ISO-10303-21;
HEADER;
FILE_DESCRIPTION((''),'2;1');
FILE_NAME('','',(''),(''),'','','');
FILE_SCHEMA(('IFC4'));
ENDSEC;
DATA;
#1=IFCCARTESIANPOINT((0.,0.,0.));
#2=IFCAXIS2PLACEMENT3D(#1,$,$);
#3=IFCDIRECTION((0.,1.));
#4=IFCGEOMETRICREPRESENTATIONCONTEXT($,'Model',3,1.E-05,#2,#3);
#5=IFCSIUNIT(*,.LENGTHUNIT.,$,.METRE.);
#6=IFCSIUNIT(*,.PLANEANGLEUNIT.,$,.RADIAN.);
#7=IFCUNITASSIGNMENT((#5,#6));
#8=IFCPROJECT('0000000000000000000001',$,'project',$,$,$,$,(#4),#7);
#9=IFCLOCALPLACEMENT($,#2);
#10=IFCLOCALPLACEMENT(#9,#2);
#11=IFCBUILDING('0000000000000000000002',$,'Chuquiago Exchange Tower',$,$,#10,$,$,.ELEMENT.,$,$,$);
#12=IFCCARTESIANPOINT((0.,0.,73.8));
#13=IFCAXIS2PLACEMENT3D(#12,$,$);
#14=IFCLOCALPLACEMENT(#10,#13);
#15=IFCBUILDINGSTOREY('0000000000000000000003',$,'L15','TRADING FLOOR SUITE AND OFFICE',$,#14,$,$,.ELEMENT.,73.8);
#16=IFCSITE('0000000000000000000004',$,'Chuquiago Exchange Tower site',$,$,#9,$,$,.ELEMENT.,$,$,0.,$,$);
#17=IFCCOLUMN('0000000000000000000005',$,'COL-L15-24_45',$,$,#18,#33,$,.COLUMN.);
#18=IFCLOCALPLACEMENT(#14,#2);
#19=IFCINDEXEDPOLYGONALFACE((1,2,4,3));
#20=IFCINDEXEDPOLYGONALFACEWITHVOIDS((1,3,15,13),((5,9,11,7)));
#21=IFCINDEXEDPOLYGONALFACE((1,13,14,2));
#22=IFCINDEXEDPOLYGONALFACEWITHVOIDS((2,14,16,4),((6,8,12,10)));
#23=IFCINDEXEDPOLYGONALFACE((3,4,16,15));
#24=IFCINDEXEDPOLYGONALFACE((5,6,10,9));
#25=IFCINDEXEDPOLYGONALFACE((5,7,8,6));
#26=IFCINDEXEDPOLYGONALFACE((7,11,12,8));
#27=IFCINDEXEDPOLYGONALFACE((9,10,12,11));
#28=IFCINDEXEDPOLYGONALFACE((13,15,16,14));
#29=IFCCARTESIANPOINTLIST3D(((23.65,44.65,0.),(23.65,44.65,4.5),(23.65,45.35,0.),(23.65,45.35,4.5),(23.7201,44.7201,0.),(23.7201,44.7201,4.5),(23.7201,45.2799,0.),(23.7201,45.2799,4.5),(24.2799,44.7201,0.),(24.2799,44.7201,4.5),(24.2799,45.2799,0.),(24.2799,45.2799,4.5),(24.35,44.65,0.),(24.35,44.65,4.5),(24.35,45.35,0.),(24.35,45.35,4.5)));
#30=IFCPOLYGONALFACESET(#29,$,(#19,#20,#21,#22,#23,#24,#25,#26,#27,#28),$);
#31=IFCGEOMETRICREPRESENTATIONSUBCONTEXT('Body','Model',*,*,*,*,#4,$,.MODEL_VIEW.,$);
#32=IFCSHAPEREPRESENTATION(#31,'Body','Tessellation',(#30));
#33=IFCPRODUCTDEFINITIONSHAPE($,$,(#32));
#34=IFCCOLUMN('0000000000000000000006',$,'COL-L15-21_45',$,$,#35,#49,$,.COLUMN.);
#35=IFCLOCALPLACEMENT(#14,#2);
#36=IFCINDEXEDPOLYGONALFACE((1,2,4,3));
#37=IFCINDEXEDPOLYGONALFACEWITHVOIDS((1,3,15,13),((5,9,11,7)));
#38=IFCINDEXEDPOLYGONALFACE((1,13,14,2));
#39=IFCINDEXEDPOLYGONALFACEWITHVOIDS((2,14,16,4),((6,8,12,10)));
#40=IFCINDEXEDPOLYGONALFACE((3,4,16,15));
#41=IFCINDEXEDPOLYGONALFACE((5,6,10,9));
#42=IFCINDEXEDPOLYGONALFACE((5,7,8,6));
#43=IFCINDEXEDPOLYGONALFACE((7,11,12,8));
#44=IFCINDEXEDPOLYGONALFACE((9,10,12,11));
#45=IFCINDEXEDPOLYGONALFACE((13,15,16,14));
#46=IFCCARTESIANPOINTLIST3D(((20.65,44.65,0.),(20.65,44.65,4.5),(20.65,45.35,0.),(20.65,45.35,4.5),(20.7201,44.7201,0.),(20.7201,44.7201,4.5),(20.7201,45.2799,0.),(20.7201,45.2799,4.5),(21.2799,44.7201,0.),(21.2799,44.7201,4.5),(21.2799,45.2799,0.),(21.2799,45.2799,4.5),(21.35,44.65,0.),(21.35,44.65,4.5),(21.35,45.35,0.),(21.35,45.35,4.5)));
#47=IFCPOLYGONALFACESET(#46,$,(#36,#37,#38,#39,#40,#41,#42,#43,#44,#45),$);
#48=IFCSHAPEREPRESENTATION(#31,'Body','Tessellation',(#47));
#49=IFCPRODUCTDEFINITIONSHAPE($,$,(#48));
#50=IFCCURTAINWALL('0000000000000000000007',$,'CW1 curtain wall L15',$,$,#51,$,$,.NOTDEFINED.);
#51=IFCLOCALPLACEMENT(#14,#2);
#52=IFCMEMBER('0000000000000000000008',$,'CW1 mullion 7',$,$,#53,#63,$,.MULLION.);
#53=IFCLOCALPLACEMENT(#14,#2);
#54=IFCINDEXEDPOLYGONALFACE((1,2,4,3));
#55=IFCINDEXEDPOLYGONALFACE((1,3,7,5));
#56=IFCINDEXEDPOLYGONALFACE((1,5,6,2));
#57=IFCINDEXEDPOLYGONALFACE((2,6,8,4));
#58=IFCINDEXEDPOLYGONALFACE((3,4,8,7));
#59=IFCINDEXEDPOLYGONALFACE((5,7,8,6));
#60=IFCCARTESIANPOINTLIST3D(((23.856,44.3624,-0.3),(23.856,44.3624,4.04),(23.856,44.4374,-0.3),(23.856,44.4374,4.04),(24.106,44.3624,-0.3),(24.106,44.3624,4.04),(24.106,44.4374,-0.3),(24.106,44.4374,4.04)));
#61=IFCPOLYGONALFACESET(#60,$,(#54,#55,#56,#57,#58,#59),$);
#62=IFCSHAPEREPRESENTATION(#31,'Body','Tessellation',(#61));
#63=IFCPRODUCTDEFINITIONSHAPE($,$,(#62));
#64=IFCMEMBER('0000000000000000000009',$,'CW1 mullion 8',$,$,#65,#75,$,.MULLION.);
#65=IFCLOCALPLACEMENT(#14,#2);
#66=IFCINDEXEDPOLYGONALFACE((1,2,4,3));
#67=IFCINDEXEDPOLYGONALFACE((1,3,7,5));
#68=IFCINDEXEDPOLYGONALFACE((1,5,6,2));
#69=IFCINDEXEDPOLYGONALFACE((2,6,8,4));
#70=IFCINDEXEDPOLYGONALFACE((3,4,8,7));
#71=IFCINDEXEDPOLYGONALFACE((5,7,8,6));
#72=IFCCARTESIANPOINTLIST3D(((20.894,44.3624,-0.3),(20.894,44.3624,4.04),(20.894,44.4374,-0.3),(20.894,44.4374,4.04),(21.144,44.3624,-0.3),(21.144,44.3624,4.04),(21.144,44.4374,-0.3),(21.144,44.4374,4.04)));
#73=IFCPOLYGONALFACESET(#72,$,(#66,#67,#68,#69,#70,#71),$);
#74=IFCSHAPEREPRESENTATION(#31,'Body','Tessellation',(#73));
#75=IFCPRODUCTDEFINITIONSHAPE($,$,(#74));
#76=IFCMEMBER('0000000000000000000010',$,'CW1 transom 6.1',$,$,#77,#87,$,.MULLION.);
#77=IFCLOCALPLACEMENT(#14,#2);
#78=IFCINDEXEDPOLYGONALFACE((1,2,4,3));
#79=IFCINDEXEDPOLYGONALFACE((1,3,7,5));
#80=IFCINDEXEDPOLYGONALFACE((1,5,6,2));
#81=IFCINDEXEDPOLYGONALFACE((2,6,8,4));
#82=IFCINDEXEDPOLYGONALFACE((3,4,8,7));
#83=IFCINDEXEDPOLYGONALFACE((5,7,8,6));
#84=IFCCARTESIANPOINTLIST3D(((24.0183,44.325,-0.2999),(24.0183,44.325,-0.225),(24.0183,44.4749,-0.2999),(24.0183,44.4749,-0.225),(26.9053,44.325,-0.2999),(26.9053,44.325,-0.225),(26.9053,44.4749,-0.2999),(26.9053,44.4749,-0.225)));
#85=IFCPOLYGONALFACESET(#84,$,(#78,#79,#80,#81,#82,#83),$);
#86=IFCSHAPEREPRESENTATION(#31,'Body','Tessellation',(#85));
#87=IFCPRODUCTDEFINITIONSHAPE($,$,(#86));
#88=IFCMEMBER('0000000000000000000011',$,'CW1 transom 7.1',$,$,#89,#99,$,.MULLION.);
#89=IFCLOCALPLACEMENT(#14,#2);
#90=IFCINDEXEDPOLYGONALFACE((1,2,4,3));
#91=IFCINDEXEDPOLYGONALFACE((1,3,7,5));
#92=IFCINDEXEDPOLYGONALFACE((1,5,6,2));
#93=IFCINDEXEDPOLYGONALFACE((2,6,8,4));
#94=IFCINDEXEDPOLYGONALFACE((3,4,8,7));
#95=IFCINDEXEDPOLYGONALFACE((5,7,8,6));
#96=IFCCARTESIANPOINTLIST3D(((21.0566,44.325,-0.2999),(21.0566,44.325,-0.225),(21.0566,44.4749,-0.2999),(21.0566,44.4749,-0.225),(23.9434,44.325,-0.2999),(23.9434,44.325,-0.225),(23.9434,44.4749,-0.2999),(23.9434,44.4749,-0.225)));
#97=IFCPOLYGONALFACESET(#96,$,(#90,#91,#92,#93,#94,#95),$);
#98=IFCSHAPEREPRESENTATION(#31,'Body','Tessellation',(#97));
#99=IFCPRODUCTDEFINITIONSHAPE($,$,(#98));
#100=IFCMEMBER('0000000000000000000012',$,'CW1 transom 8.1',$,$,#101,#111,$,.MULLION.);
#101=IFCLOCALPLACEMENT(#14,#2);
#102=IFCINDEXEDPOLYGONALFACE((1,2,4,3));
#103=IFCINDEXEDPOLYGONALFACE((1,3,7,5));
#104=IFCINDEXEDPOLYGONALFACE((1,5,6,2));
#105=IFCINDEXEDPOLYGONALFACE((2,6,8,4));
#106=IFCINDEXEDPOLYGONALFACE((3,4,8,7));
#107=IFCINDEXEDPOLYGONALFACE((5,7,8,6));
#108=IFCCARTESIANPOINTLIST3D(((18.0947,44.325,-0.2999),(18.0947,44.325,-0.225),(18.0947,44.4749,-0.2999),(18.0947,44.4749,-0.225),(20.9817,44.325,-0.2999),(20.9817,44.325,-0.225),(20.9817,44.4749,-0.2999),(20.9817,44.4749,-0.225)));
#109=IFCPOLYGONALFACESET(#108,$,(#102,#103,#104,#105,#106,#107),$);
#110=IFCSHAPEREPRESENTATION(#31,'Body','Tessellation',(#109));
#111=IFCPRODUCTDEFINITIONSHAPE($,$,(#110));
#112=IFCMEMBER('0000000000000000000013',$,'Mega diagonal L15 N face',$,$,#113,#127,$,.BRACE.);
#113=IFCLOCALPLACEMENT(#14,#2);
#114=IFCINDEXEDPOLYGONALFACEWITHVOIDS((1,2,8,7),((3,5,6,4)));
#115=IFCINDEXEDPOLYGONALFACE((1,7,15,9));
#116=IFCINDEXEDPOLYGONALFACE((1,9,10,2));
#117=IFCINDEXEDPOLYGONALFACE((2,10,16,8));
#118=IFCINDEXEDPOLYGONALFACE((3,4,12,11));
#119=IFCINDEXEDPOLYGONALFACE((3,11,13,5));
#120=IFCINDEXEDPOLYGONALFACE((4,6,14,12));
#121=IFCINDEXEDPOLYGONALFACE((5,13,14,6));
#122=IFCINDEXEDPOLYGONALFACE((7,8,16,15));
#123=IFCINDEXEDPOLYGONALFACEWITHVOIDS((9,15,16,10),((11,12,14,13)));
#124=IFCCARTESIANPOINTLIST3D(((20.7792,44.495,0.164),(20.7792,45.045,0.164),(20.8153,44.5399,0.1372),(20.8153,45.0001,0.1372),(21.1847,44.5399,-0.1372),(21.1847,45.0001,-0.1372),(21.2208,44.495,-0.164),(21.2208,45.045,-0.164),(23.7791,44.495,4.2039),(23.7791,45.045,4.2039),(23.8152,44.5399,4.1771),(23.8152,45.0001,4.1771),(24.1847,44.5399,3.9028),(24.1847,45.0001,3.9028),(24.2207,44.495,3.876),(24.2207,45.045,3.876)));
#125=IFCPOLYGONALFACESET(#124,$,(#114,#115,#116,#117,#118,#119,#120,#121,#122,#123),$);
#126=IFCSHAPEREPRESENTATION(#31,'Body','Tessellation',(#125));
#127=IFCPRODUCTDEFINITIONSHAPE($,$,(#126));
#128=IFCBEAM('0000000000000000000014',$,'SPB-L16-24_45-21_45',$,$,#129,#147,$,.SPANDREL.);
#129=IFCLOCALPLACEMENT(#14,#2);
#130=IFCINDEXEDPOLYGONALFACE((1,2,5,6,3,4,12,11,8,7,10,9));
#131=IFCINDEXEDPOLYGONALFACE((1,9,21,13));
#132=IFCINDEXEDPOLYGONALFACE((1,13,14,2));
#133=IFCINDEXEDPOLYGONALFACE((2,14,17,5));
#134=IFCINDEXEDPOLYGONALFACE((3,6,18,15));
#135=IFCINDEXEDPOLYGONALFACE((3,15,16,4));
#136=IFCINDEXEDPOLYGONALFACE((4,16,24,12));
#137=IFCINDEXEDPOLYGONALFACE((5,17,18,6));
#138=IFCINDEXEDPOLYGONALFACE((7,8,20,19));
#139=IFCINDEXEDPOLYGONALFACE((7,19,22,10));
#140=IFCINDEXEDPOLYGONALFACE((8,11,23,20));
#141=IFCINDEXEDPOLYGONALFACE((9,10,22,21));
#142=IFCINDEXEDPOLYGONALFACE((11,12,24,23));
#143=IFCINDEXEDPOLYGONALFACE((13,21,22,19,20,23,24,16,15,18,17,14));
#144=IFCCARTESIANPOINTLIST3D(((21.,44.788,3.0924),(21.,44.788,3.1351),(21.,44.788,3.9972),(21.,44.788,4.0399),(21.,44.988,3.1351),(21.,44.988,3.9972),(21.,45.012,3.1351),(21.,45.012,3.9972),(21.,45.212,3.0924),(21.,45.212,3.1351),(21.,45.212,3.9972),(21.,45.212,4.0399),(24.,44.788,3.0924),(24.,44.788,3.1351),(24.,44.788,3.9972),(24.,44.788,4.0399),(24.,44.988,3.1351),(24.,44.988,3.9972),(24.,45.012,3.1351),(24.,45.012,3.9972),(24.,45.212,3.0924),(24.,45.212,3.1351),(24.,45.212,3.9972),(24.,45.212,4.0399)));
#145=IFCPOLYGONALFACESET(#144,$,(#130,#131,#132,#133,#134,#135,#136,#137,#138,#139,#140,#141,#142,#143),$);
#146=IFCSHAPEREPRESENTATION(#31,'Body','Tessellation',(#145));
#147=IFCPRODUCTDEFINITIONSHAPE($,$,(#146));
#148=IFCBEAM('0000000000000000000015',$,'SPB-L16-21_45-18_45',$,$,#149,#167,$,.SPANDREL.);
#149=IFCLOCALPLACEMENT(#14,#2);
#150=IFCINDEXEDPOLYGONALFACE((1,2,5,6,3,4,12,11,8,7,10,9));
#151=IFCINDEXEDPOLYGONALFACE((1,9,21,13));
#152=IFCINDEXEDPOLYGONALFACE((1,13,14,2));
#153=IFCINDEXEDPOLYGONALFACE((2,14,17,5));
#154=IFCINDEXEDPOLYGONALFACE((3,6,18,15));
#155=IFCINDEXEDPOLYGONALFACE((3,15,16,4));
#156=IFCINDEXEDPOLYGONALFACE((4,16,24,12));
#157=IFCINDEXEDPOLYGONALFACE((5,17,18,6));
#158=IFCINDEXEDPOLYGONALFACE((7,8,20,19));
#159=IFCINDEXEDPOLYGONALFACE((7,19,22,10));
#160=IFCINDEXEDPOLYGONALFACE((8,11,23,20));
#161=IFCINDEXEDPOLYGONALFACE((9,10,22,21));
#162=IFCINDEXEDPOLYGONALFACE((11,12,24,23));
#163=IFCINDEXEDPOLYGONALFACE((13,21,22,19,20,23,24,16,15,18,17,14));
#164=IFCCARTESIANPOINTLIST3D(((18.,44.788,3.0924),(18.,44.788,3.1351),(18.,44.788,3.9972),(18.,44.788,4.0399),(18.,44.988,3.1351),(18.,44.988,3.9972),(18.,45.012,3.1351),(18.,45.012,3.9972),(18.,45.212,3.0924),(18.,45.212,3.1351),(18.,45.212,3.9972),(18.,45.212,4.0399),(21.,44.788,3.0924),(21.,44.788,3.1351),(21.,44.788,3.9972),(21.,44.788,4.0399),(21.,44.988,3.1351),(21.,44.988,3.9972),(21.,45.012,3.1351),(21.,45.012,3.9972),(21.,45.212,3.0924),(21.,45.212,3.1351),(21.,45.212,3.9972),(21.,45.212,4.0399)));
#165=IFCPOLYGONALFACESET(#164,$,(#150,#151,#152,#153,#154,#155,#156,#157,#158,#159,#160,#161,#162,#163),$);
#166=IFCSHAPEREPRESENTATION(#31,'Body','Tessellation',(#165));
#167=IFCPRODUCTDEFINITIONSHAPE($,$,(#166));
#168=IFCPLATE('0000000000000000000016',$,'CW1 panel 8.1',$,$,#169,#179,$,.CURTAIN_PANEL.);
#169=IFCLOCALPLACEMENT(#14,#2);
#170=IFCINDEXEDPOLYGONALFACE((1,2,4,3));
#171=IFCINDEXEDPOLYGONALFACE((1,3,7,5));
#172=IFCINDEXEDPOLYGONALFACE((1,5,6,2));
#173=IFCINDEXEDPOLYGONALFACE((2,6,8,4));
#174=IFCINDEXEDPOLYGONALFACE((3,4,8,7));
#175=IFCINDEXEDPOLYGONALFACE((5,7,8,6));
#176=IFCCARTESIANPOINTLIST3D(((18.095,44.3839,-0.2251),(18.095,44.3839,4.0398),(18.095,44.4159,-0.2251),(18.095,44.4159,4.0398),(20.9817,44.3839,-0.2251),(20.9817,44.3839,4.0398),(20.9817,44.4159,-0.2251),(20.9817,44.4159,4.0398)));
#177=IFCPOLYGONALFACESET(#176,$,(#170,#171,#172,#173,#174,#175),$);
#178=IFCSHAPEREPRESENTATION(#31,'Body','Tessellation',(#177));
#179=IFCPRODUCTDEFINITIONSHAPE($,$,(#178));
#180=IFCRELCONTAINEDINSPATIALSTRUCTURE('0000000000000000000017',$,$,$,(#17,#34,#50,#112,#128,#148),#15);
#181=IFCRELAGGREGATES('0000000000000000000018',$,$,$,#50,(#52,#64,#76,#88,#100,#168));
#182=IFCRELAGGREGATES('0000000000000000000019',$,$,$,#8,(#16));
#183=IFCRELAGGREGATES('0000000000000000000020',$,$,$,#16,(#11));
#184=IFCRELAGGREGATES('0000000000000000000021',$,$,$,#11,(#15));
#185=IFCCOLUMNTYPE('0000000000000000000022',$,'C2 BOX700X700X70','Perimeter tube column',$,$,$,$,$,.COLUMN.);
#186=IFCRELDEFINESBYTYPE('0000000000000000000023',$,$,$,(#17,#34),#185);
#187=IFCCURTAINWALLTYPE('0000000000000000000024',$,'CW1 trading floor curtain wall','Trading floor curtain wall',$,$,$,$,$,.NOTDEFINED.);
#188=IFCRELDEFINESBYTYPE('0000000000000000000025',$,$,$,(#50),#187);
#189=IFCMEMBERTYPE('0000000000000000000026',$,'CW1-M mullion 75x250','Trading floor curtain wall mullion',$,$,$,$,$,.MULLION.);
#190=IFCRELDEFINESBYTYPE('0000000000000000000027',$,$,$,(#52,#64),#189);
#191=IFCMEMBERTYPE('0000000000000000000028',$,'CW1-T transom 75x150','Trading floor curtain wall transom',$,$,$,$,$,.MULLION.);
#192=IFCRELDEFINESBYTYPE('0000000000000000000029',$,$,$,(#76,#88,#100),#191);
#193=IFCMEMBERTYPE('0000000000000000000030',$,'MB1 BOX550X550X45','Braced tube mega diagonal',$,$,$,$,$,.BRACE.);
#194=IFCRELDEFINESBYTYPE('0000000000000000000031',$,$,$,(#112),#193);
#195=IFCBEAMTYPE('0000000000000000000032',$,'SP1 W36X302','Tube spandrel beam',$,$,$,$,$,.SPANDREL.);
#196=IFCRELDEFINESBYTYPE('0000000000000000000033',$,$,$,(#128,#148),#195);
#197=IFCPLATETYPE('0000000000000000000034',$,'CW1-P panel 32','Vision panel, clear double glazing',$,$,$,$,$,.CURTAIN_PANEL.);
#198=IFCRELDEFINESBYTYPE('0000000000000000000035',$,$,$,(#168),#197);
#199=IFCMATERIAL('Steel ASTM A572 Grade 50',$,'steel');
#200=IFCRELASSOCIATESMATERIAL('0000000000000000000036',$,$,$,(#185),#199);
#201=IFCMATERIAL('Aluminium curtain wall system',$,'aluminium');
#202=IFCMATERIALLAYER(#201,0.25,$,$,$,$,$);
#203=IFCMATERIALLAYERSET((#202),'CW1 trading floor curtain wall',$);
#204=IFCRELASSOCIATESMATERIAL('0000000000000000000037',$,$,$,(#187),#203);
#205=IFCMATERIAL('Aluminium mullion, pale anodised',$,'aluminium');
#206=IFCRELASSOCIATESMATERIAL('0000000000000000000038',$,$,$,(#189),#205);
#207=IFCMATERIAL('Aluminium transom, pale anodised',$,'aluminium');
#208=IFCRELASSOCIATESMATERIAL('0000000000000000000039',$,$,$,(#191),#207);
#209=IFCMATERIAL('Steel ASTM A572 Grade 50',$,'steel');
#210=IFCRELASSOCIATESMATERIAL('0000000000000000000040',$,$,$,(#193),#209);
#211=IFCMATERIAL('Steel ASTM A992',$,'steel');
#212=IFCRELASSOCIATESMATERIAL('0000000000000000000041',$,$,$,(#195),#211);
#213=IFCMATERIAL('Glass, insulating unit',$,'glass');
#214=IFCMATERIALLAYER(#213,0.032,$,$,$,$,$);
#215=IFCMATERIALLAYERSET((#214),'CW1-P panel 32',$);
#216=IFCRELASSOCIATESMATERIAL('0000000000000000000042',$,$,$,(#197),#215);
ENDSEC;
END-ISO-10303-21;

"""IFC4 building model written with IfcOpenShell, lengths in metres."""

from ifc_helpers import new_model, si_unit, direction, frame, origin, origin_2d, place, context, subcontext, project, spatial, rectangle, hollow_rectangle, i_section, extrude, material, layer, layer_set, material_profile, profile_set, type_object, element, aggregate, save


model = new_model("IFC4")

# Units and contexts
model_context = context("Model", 3, precision=1e-05, world=origin(), true_north=direction((0.0, 1.0)))
body_context = subcontext(model_context, "Body", "Model", "MODEL_VIEW")
ifc_project = project(units=[si_unit("LENGTHUNIT", "METRE"), si_unit("PLANEANGLEUNIT", "RADIAN")], contexts=[model_context])

# Site, building, storey
site_placement = place(None, origin())
site = spatial("IfcSite", under=ifc_project, at=site_placement, Name="Chuquiago Exchange Tower site", CompositionType="ELEMENT", RefElevation=0.0)
building_placement = place(site_placement, origin())
building = spatial("IfcBuilding", under=site, at=building_placement, Name="Chuquiago Exchange Tower", CompositionType="ELEMENT")
storey_placement = place(building_placement, frame((0.0, 0.0, 73.8)))
storey = spatial("IfcBuildingStorey", under=building, at=storey_placement, Name="L15", Description="TRADING FLOOR SUITE AND OFFICE", CompositionType="ELEMENT", Elevation=73.8)

# Columns
ifc_material_1 = material(Name="Steel ASTM A572 Grade 50", Category="steel")
ifc_material_profile_1 = material_profile(ifc_material_1, hollow_rectangle(XDim=0.7, YDim=0.7, WallThickness=0.0701, at=origin_2d()), Name="BOX700X700X70")
ifc_profile_set_1 = profile_set([ifc_material_profile_1], Name="Steel ASTM A572 Grade 50")
column_type = type_object("IfcColumnType", Name="C2 BOX700X700X70", Description="Perimeter tube column", PredefinedType="COLUMN", material=ifc_profile_set_1)
for number, where, z_axis, x_axis, name in (
    (1, (24.0, 45.0, 0.0), (0.0, 0.0, 1.0), (0.0, 1.0, 0.0), "COL-L15-24_45"),
    (2, (21.0, 45.0, 0.0), (0.0, 0.0, 1.0), (0.0, 1.0, 0.0), "COL-L15-21_45"),
):
    element("IfcColumn", number, at=place(storey_placement, frame(where, z_axis=z_axis, x_axis=x_axis)), inside=storey, type_object=column_type, Name=name, PredefinedType="COLUMN", context=body_context, shape_type="SweptSolid", body=[
        extrude(hollow_rectangle(XDim=0.7, YDim=0.7, WallThickness=0.0701, at=origin_2d()), origin(), (0.0, 0.0, 1.0), 4.5),
    ])

# Curtain wall, members
ifc_material_2 = material(Name="Aluminium curtain wall system", Category="aluminium")
ifc_layer_1 = layer(ifc_material_2, 0.25)
ifc_layer_set_1 = layer_set([ifc_layer_1], Name="CW1 trading floor curtain wall")
curtain_wall_type = type_object("IfcCurtainWallType", Name="CW1 trading floor curtain wall", Description="Trading floor curtain wall", PredefinedType="NOTDEFINED", material=ifc_layer_set_1)
curtain_wall_placement = place(storey_placement, origin())
curtain_wall = element("IfcCurtainWall", 3, at=curtain_wall_placement, inside=storey, type_object=curtain_wall_type, Name="CW1 curtain wall L15", PredefinedType="NOTDEFINED")
ifc_material_3 = material(Name="Aluminium mullion, pale anodised", Category="aluminium")
ifc_material_profile_2 = material_profile(ifc_material_3, rectangle(XDim=0.075, YDim=0.25, at=origin_2d()), Name="AL 75x250")
ifc_profile_set_2 = profile_set([ifc_material_profile_2], Name="Aluminium mullion, pale anodised")
member_type_1 = type_object("IfcMemberType", Name="CW1-M mullion 75x250", Description="Trading floor curtain wall mullion", PredefinedType="MULLION", material=ifc_profile_set_2)
member_1_placement = place(storey_placement, frame((23.981, 44.3999, -0.3), z_axis=(0.0, 0.0, 1.0), x_axis=(0.0, -1.0, 0.0)))
member_1 = element("IfcMember", 4, at=member_1_placement, type_object=member_type_1, Name="CW1 mullion 7", PredefinedType="MULLION", context=body_context, shape_type="SweptSolid", body=[
    extrude(rectangle(XDim=0.075, YDim=0.25, at=origin_2d()), origin(), (0.0, 0.0, 1.0), 4.3401),
])
member_2_placement = place(storey_placement, frame((21.019, 44.3999, -0.3), z_axis=(0.0, 0.0, 1.0), x_axis=(0.0, -1.0, 0.0)))
member_2 = element("IfcMember", 5, at=member_2_placement, type_object=member_type_1, Name="CW1 mullion 8", PredefinedType="MULLION", context=body_context, shape_type="SweptSolid", body=[
    extrude(rectangle(XDim=0.075, YDim=0.25, at=origin_2d()), origin(), (0.0, 0.0, 1.0), 4.3401),
])
ifc_material_4 = material(Name="Aluminium transom, pale anodised", Category="aluminium")
ifc_material_profile_3 = material_profile(ifc_material_4, rectangle(XDim=0.1499, YDim=0.075, at=origin_2d()), Name="AL 150x75")
ifc_profile_set_3 = profile_set([ifc_material_profile_3], Name="Aluminium transom, pale anodised")
member_type_2 = type_object("IfcMemberType", Name="CW1-T transom 75x150", Description="Trading floor curtain wall transom", PredefinedType="MULLION", material=ifc_profile_set_3)
member_3_placement = place(storey_placement, frame((26.9053, 44.3999, -0.2625), z_axis=(-1.0, 0.0, 0.0), x_axis=(0.0, -1.0, 0.0)))
member_3 = element("IfcMember", 6, at=member_3_placement, type_object=member_type_2, Name="CW1 transom 6.1", PredefinedType="MULLION", context=body_context, shape_type="SweptSolid", body=[
    extrude(rectangle(XDim=0.1499, YDim=0.075, at=origin_2d()), origin(), (0.0, 0.0, 1.0), 2.887),
])
member_4_placement = place(storey_placement, frame((23.9434, 44.3999, -0.2625), z_axis=(-1.0, 0.0, 0.0), x_axis=(0.0, -1.0, 0.0)))
member_4 = element("IfcMember", 7, at=member_4_placement, type_object=member_type_2, Name="CW1 transom 7.1", PredefinedType="MULLION", context=body_context, shape_type="SweptSolid", body=[
    extrude(rectangle(XDim=0.1499, YDim=0.075, at=origin_2d()), origin(), (0.0, 0.0, 1.0), 2.8867),
])
member_5_placement = place(storey_placement, frame((20.9817, 44.3999, -0.2625), z_axis=(-1.0, 0.0, 0.0), x_axis=(0.0, -1.0, 0.0)))
member_5 = element("IfcMember", 8, at=member_5_placement, type_object=member_type_2, Name="CW1 transom 8.1", PredefinedType="MULLION", context=body_context, shape_type="SweptSolid", body=[
    extrude(rectangle(XDim=0.1499, YDim=0.075, at=origin_2d()), origin(), (0.0, 0.0, 1.0), 2.887),
])

# Member
ifc_material_5 = material(Name="Steel ASTM A572 Grade 50", Category="steel")
ifc_material_profile_4 = material_profile(ifc_material_5, hollow_rectangle(XDim=0.55, YDim=0.55, WallThickness=0.0449, at=origin_2d()), Name="BOX550X550X45")
ifc_profile_set_4 = profile_set([ifc_material_profile_4], Name="Steel ASTM A572 Grade 50")
member_type_3 = type_object("IfcMemberType", Name="MB1 BOX550X550X45", Description="Braced tube mega diagonal", PredefinedType="BRACE", material=ifc_profile_set_4)
member_6_placement = place(storey_placement, frame((21.0, 44.77, 0.0), z_axis=(0.596174, 0.0, 0.802855), x_axis=(0.0, 1.0, 0.0)))
element("IfcMember", 9, at=member_6_placement, inside=storey, type_object=member_type_3, Name="Mega diagonal L15 N face", PredefinedType="BRACE", context=body_context, shape_type="SweptSolid", body=[
    extrude(hollow_rectangle(XDim=0.55, YDim=0.55, WallThickness=0.0449, at=origin_2d()), origin(), (0.0, 0.0, 1.0), 5.032),
])

# Beams
ifc_material_6 = material(Name="Steel ASTM A992", Category="steel")
ifc_material_profile_5 = material_profile(ifc_material_6, i_section(OverallWidth=0.4241, OverallDepth=0.9475, WebThickness=0.0239, FlangeThickness=0.0427, at=origin_2d()), Name="W36X302")
ifc_profile_set_5 = profile_set([ifc_material_profile_5], Name="Steel ASTM A992")
beam_type = type_object("IfcBeamType", Name="SP1 W36X302", Description="Tube spandrel beam", PredefinedType="SPANDREL", material=ifc_profile_set_5)
for number, where, z_axis, x_axis, name in (
    (10, (24.0, 45.0, 3.5662), (-1.0, 0.0, 0.0), (0.0, -1.0, 0.0), "SPB-L16-24_45-21_45"),
    (11, (21.0, 45.0, 3.5662), (-1.0, 0.0, 0.0), (0.0, -1.0, 0.0), "SPB-L16-21_45-18_45"),
):
    element("IfcBeam", number, at=place(storey_placement, frame(where, z_axis=z_axis, x_axis=x_axis)), inside=storey, type_object=beam_type, Name=name, PredefinedType="SPANDREL", context=body_context, shape_type="SweptSolid", body=[
        extrude(i_section(OverallWidth=0.4241, OverallDepth=0.9475, WebThickness=0.0239, FlangeThickness=0.0427, at=origin_2d()), origin(), (0.0, 0.0, 1.0), 3.0),
    ])

# Plate
ifc_material_7 = material(Name="Glass, insulating unit", Category="glass")
ifc_layer_2 = layer(ifc_material_7, 0.032)
ifc_layer_set_2 = layer_set([ifc_layer_2], Name="CW1-P panel 32")
plate_type_1 = type_object("IfcPlateType", Name="CW1-P panel 32", Description="Vision panel, clear double glazing", PredefinedType="CURTAIN_PANEL", material=ifc_layer_set_2)
plate_1_placement = place(storey_placement, frame((19.5383, 44.3999, -0.2251), z_axis=(0.0, 0.0, 1.0), x_axis=(-1.0, 0.0, 0.0)))
plate_1 = element("IfcPlate", 12, at=plate_1_placement, type_object=plate_type_1, Name="CW1 panel 8.1", PredefinedType="CURTAIN_PANEL", context=body_context, shape_type="SweptSolid", body=[
    extrude(rectangle(XDim=2.8867, YDim=0.032, at=origin_2d()), origin(), (0.0, 0.0, 1.0), 4.2649),
])
aggregate(curtain_wall, [member_1, member_2, member_3, member_4, member_5, plate_1])

save(model, "model.ifc")
